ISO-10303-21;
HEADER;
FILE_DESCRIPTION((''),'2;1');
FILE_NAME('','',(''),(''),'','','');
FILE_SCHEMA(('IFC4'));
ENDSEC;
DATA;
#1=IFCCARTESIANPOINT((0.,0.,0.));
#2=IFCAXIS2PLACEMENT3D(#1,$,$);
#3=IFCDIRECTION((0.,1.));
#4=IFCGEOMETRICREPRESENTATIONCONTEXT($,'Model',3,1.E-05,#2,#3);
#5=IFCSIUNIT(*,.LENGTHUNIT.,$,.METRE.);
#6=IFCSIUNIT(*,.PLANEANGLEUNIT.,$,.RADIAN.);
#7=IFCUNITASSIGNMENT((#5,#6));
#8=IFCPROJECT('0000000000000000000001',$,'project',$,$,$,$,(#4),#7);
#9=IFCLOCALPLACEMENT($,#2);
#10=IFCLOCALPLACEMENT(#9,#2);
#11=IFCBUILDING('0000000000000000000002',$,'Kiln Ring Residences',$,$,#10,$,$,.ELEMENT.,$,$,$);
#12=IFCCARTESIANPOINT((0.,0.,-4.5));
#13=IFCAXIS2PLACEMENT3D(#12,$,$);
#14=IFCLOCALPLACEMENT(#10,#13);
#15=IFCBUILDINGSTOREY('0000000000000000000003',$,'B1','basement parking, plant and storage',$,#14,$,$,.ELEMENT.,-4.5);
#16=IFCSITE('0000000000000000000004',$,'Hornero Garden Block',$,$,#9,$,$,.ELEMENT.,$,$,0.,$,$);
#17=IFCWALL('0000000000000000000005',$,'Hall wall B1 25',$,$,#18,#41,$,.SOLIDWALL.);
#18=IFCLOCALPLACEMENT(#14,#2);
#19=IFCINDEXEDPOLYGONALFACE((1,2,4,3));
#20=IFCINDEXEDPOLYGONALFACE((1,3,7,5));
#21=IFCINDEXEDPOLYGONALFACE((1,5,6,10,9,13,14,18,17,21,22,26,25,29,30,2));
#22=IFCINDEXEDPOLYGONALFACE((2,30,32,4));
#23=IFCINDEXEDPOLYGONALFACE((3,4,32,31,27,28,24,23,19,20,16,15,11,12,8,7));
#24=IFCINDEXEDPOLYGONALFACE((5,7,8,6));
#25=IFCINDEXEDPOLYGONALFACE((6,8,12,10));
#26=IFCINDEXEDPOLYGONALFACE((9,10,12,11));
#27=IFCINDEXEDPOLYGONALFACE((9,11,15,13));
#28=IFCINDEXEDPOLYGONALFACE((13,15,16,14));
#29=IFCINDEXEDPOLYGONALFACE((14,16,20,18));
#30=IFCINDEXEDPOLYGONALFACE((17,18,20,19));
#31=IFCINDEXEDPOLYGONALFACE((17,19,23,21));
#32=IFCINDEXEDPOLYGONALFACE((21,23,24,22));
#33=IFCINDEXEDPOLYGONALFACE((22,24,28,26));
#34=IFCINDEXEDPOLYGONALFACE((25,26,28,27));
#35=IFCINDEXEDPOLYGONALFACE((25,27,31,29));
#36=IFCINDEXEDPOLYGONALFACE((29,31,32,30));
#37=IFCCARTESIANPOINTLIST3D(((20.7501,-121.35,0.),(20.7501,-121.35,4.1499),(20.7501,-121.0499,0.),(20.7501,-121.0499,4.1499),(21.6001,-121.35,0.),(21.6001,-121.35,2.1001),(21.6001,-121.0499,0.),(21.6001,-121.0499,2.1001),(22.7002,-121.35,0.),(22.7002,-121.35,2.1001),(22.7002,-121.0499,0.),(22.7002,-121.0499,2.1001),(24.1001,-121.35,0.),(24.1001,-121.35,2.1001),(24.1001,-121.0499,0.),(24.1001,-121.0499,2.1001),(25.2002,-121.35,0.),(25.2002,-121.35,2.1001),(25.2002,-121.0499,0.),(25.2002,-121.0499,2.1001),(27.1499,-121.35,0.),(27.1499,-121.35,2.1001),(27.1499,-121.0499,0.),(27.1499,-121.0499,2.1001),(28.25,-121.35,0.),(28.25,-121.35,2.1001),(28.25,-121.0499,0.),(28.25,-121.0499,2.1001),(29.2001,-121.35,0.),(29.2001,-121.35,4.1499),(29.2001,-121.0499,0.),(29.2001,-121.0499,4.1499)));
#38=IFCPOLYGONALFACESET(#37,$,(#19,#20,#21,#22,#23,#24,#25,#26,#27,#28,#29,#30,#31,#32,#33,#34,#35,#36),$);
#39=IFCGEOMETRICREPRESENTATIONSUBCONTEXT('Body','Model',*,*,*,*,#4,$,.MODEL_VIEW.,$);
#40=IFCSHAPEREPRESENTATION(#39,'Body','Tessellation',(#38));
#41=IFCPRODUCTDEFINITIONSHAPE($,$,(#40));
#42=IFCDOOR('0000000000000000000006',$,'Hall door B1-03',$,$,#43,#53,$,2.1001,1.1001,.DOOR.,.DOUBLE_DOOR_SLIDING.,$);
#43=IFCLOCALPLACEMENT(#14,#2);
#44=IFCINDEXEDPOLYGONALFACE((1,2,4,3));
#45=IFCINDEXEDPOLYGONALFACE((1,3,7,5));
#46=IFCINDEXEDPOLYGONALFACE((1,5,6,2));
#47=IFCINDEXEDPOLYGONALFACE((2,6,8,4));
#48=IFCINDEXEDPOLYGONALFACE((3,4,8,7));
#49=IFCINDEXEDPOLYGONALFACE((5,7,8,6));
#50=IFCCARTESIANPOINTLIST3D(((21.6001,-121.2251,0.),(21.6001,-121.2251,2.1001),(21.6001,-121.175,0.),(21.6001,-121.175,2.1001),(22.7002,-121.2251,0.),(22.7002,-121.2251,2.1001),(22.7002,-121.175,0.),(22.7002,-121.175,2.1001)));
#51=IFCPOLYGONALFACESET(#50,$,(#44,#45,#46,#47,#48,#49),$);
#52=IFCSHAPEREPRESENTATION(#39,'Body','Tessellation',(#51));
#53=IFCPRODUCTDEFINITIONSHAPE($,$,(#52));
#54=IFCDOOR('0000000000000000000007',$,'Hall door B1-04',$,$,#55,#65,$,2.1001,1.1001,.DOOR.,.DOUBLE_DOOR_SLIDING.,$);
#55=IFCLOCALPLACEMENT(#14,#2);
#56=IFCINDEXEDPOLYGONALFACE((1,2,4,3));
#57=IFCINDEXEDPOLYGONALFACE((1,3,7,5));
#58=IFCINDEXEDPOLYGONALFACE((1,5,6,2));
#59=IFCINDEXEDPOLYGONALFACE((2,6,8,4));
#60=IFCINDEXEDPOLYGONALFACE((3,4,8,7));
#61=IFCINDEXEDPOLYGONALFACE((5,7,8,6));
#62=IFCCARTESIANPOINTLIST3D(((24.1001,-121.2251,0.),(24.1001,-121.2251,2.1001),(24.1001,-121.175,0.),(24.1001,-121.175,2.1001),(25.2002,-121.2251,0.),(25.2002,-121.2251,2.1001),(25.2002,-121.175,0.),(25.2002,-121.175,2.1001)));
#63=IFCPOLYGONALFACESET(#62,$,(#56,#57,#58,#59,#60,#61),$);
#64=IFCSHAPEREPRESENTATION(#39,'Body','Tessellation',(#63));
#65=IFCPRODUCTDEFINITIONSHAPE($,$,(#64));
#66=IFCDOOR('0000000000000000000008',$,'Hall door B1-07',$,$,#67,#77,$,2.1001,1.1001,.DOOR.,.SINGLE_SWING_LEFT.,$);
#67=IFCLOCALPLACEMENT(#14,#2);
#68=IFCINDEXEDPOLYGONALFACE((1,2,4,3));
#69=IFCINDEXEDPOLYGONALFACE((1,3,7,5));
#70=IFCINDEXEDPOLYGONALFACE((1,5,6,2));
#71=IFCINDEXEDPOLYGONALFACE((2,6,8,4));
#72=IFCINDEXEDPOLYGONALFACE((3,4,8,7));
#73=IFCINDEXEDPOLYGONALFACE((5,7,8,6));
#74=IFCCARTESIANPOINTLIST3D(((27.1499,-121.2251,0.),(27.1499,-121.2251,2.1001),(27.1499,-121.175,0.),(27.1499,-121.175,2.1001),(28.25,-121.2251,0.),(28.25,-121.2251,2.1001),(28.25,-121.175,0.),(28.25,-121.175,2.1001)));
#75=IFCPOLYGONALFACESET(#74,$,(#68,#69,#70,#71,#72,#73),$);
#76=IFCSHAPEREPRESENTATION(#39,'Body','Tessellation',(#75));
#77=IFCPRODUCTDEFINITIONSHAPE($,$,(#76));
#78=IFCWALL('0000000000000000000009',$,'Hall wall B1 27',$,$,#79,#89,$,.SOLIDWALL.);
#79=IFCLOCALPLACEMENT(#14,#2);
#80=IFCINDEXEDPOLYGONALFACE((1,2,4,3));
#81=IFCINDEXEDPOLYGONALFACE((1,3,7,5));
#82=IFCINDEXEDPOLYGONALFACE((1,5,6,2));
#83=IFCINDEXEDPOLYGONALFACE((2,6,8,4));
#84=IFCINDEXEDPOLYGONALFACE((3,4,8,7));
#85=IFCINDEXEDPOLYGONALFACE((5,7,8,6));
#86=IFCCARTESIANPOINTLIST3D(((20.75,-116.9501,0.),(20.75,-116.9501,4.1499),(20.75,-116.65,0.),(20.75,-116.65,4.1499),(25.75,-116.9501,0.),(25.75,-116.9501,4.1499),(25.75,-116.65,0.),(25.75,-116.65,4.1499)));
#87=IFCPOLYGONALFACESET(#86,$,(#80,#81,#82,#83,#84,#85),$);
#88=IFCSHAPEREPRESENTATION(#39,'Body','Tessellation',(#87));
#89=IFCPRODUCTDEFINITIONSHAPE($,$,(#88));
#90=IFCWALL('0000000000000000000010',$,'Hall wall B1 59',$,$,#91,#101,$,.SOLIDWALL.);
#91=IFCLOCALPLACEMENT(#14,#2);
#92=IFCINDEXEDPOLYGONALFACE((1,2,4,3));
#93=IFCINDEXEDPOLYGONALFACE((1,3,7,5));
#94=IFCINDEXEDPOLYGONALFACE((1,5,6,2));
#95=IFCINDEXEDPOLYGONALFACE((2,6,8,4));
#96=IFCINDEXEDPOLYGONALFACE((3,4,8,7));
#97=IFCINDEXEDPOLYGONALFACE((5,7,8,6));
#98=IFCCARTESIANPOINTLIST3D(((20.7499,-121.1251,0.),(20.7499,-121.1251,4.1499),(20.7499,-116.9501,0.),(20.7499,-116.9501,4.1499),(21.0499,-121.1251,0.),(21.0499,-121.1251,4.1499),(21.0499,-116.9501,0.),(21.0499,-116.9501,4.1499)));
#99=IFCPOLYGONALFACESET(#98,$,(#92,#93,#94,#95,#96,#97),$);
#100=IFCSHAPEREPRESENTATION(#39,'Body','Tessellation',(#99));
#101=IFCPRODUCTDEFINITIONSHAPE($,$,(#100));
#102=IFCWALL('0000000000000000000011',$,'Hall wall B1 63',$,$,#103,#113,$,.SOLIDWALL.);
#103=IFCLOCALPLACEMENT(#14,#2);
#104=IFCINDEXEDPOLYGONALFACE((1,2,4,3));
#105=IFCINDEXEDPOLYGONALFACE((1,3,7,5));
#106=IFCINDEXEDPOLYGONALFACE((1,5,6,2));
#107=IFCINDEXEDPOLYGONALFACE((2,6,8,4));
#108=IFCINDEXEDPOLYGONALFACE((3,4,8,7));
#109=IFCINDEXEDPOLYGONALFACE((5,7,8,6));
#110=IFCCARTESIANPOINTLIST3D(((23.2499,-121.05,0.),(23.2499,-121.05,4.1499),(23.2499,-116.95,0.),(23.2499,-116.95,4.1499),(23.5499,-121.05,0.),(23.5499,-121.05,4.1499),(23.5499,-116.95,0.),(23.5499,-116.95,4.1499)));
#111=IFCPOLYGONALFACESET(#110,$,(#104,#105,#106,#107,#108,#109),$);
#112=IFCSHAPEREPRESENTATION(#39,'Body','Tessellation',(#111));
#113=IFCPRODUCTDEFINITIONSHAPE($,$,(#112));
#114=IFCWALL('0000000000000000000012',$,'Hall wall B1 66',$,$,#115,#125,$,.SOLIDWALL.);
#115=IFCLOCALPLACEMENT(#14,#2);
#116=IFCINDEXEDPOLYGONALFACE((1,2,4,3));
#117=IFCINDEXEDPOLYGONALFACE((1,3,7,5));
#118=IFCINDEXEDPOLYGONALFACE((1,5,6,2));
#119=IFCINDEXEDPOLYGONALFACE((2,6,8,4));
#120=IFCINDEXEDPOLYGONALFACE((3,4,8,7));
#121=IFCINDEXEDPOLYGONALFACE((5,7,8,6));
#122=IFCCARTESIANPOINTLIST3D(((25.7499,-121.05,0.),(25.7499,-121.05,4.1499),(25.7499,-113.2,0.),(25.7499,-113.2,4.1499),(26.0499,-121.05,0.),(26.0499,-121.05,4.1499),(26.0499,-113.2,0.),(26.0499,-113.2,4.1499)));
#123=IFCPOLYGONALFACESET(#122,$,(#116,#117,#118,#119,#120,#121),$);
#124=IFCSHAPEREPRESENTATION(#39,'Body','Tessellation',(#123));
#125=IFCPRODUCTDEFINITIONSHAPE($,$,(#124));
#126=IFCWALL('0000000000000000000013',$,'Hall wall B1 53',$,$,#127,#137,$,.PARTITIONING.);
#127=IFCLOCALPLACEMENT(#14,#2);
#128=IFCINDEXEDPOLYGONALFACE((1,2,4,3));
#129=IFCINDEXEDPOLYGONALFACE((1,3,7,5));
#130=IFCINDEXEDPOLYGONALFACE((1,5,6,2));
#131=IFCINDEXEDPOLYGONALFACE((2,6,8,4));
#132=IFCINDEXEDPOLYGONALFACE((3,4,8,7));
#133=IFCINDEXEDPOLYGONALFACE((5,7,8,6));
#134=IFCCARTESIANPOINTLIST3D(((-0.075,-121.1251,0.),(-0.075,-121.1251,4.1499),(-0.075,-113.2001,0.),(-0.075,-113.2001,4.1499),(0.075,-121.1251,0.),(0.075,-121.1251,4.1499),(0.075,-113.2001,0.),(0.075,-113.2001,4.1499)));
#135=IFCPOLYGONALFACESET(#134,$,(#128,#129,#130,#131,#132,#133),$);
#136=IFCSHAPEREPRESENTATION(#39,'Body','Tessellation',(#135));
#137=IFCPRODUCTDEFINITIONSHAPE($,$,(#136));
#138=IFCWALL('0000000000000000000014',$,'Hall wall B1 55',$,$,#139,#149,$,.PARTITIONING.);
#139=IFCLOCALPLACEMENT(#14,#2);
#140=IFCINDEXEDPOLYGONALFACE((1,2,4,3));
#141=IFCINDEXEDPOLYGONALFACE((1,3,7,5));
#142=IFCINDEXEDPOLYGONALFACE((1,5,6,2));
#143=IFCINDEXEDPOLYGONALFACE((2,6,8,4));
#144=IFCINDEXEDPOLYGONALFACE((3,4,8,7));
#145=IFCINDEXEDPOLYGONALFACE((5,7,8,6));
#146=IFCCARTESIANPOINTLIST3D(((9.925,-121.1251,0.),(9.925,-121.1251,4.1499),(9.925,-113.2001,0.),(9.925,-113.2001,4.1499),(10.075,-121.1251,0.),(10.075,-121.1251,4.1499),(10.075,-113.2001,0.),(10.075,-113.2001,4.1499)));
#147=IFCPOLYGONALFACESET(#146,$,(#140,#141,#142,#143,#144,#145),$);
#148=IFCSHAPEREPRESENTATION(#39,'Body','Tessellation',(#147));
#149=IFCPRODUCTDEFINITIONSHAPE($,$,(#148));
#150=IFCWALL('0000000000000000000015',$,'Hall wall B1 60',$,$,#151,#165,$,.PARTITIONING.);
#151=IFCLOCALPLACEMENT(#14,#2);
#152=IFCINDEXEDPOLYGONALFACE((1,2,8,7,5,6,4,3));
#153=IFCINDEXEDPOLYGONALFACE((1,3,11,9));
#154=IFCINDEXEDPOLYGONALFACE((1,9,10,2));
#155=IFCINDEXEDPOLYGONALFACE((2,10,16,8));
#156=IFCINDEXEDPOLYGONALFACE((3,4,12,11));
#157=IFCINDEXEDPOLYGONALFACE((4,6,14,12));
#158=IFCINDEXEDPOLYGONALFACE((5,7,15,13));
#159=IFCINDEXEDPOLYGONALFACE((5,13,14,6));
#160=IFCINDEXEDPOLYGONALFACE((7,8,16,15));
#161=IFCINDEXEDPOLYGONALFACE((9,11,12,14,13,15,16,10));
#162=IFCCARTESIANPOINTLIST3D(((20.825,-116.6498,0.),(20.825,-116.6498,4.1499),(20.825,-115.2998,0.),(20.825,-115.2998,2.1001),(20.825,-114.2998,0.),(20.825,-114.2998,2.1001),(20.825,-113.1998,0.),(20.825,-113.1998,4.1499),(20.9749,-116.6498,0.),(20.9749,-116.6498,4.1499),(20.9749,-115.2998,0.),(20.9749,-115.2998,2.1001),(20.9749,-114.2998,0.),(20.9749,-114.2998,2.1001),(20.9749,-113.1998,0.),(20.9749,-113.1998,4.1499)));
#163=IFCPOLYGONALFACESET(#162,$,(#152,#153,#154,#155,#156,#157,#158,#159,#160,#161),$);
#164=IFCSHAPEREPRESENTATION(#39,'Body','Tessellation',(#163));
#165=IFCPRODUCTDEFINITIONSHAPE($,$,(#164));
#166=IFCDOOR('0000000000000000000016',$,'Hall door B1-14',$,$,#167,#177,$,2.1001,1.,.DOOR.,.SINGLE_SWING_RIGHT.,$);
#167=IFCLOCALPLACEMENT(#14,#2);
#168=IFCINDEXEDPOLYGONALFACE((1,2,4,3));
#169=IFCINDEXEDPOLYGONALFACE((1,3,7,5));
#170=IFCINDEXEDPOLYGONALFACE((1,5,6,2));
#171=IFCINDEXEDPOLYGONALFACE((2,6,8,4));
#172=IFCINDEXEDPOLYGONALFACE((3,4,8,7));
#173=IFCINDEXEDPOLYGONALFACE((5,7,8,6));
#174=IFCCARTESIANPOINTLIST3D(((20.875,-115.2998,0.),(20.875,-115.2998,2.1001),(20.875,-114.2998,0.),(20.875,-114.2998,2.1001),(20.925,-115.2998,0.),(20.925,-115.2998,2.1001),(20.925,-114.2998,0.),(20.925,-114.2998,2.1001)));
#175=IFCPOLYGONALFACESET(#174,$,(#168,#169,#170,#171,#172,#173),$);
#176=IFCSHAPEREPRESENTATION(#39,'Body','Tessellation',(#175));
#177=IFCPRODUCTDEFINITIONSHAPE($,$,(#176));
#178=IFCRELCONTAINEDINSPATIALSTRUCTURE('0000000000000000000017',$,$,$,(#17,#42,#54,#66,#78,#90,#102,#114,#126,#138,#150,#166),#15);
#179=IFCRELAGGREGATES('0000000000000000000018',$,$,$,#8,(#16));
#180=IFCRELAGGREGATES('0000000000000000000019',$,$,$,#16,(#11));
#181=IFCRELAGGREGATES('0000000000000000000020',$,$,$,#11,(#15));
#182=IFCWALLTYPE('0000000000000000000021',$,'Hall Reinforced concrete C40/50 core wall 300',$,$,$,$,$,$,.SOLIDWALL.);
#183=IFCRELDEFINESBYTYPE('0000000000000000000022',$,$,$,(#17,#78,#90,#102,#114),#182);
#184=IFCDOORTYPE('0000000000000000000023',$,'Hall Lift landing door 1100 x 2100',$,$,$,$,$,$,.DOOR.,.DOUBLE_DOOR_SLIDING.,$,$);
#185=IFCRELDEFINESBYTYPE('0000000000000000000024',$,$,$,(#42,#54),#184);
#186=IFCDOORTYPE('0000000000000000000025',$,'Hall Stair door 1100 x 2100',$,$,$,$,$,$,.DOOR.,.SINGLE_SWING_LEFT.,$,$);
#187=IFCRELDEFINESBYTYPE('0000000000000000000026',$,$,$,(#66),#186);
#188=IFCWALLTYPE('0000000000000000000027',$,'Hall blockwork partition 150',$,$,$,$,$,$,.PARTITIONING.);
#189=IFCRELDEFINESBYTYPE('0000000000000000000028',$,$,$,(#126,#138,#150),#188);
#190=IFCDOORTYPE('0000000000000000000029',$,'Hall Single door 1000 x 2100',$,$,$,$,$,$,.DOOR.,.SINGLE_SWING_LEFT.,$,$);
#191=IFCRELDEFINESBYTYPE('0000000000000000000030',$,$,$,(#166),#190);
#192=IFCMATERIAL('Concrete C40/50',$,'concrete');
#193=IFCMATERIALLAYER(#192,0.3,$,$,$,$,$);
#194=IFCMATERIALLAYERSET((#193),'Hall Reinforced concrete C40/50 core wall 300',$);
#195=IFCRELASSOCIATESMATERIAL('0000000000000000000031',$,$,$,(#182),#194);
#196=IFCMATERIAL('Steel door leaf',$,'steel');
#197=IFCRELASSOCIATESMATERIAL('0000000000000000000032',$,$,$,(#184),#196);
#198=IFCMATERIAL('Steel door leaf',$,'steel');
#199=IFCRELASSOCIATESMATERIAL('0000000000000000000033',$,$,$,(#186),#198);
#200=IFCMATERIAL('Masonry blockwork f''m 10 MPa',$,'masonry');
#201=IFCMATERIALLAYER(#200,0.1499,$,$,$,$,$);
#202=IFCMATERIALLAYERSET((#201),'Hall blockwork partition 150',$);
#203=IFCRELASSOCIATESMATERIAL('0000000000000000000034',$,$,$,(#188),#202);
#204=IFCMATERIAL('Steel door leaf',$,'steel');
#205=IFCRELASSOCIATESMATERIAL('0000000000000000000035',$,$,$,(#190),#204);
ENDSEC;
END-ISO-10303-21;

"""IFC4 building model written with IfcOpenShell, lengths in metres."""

from ifc_helpers import new_model, si_unit, direction, frame, frame_2d, origin, place, context, subcontext, project, spatial, rectangle, extrude, material, layer, layer_set, type_object, element, fill, save


model = new_model("IFC4")

# Units and contexts
model_context = context("Model", 3, precision=1e-05, world=origin(), true_north=direction((0.0, 1.0)))
body_context = subcontext(model_context, "Body", "Model", "MODEL_VIEW")
ifc_project = project(units=[si_unit("LENGTHUNIT", "METRE"), si_unit("PLANEANGLEUNIT", "RADIAN")], contexts=[model_context])

# Site, building, storey
site_placement = place(None, origin())
site = spatial("IfcSite", under=ifc_project, at=site_placement, Name="Hornero Garden Block", CompositionType="ELEMENT", RefElevation=0.0)
building_placement = place(site_placement, origin())
building = spatial("IfcBuilding", under=site, at=building_placement, Name="Kiln Ring Residences", CompositionType="ELEMENT")
storey_placement = place(building_placement, frame((0.0, 0.0, -4.5)))
storey = spatial("IfcBuildingStorey", under=building, at=storey_placement, Name="B1", Description="basement parking, plant and storage", CompositionType="ELEMENT", Elevation=-4.5)

# Wall, openings, doors
ifc_material_1 = material(Name="Concrete C40/50", Category="concrete")
ifc_layer_1 = layer(ifc_material_1, 0.3)
ifc_layer_set_1 = layer_set([ifc_layer_1], Name="Hall Reinforced concrete C40/50 core wall 300")
wall_type_1 = type_object("IfcWallType", Name="Hall Reinforced concrete C40/50 core wall 300", PredefinedType="SOLIDWALL", material=ifc_layer_set_1)
wall_1_placement = place(storey_placement, frame((20.75, -121.2, 0.0), z_axis=(0.0, 0.0, 1.0), x_axis=(1.0, 0.0, 0.0)))
wall_1 = element("IfcWall", 1, at=wall_1_placement, inside=storey, type_object=wall_type_1, Name="Hall wall B1 25", PredefinedType="SOLIDWALL", context=body_context, shape_type="SweptSolid", body=[
    extrude(rectangle(XDim=8.45, YDim=0.3, at=frame_2d((4.2251, 0.0))), origin(), (0.0, 0.0, 1.0), 4.1499),
])
opening_1_placement = place(wall_1_placement, frame((0.8501, 0.0, 0.0)))
opening_1 = element("IfcOpeningElement", 2, at=opening_1_placement, cuts=wall_1, PredefinedType="OPENING", context=body_context, shape_type="SweptSolid", body=[
    extrude(rectangle(XDim=1.1001, YDim=2.1001, at=frame_2d((0.55, 1.05))), frame((0.0, 0.1599, 0.0), z_axis=(0.0, -1.0, 0.0), x_axis=(1.0, 0.0, 0.0)), (0.0, 0.0, 1.0), 0.3201),
])
opening_2_placement = place(wall_1_placement, frame((3.3501, 0.0, 0.0)))
opening_2 = element("IfcOpeningElement", 3, at=opening_2_placement, cuts=wall_1, PredefinedType="OPENING", context=body_context, shape_type="SweptSolid", body=[
    extrude(rectangle(XDim=1.1001, YDim=2.1001, at=frame_2d((0.55, 1.05))), frame((0.0, 0.1599, 0.0), z_axis=(0.0, -1.0, 0.0), x_axis=(1.0, 0.0, 0.0)), (0.0, 0.0, 1.0), 0.3201),
])
opening_3_placement = place(wall_1_placement, frame((6.3999, 0.0, 0.0)))
opening_3 = element("IfcOpeningElement", 4, at=opening_3_placement, cuts=wall_1, PredefinedType="OPENING", context=body_context, shape_type="SweptSolid", body=[
    extrude(rectangle(XDim=1.1001, YDim=2.1001, at=frame_2d((0.55, 1.05))), frame((0.0, 0.1599, 0.0), z_axis=(0.0, -1.0, 0.0), x_axis=(1.0, 0.0, 0.0)), (0.0, 0.0, 1.0), 0.3201),
])
ifc_material_2 = material(Name="Steel door leaf", Category="steel")
door_type_1 = type_object("IfcDoorType", Name="Hall Lift landing door 1100 x 2100", OperationType="DOUBLE_DOOR_SLIDING", PredefinedType="DOOR", material=ifc_material_2)
door_1_placement = place(opening_1_placement, origin())
door_1 = element("IfcDoor", 5, at=door_1_placement, inside=storey, type_object=door_type_1, Name="Hall door B1-03", OperationType="DOUBLE_DOOR_SLIDING", OverallHeight=2.1001, OverallWidth=1.1001, PredefinedType="DOOR", context=body_context, shape_type="SweptSolid", body=[
    extrude(rectangle(XDim=1.1001, YDim=2.1001, at=frame_2d((0.55, 1.05))), frame((0.0, 0.0249, 0.0), z_axis=(0.0, -1.0, 0.0), x_axis=(1.0, 0.0, 0.0)), (0.0, 0.0, 1.0), 0.05),
])
fill(opening_1, door_1)
door_2_placement = place(opening_2_placement, origin())
door_2 = element("IfcDoor", 6, at=door_2_placement, inside=storey, type_object=door_type_1, Name="Hall door B1-04", OperationType="DOUBLE_DOOR_SLIDING", OverallHeight=2.1001, OverallWidth=1.1001, PredefinedType="DOOR", context=body_context, shape_type="SweptSolid", body=[
    extrude(rectangle(XDim=1.1001, YDim=2.1001, at=frame_2d((0.55, 1.05))), frame((0.0, 0.0249, 0.0), z_axis=(0.0, -1.0, 0.0), x_axis=(1.0, 0.0, 0.0)), (0.0, 0.0, 1.0), 0.05),
])
fill(opening_2, door_2)
ifc_material_3 = material(Name="Steel door leaf", Category="steel")
door_type_2 = type_object("IfcDoorType", Name="Hall Stair door 1100 x 2100", OperationType="SINGLE_SWING_LEFT", PredefinedType="DOOR", material=ifc_material_3)
door_3_placement = place(opening_3_placement, origin())
door_3 = element("IfcDoor", 7, at=door_3_placement, inside=storey, type_object=door_type_2, Name="Hall door B1-07", OperationType="SINGLE_SWING_LEFT", OverallHeight=2.1001, OverallWidth=1.1001, PredefinedType="DOOR", context=body_context, shape_type="SweptSolid", body=[
    extrude(rectangle(XDim=1.1001, YDim=2.1001, at=frame_2d((0.55, 1.05))), frame((0.0, 0.0249, 0.0), z_axis=(0.0, -1.0, 0.0), x_axis=(1.0, 0.0, 0.0)), (0.0, 0.0, 1.0), 0.05),
])
fill(opening_3, door_3)

# Walls
wall_2_placement = place(storey_placement, frame((20.75, -116.8, 0.0), z_axis=(0.0, 0.0, 1.0), x_axis=(1.0, 0.0, 0.0)))
element("IfcWall", 8, at=wall_2_placement, inside=storey, type_object=wall_type_1, Name="Hall wall B1 27", PredefinedType="SOLIDWALL", context=body_context, shape_type="SweptSolid", body=[
    extrude(rectangle(XDim=5.0, YDim=0.3, at=frame_2d((2.5, 0.0))), origin(), (0.0, 0.0, 1.0), 4.1499),
])
wall_3_placement = place(storey_placement, frame((20.8999, -121.125, 0.0), z_axis=(0.0, 0.0, 1.0), x_axis=(0.0, 1.0, 0.0)))
element("IfcWall", 9, at=wall_3_placement, inside=storey, type_object=wall_type_1, Name="Hall wall B1 59", PredefinedType="SOLIDWALL", context=body_context, shape_type="SweptSolid", body=[
    extrude(rectangle(XDim=4.175, YDim=0.3, at=frame_2d((2.0874, 0.0))), origin(), (0.0, 0.0, 1.0), 4.1499),
])
wall_4_placement = place(storey_placement, frame((23.3999, -121.05, 0.0), z_axis=(0.0, 0.0, 1.0), x_axis=(0.0, 1.0, 0.0)))
element("IfcWall", 10, at=wall_4_placement, inside=storey, type_object=wall_type_1, Name="Hall wall B1 63", PredefinedType="SOLIDWALL", context=body_context, shape_type="SweptSolid", body=[
    extrude(rectangle(XDim=4.1001, YDim=0.3, at=frame_2d((2.05, 0.0))), origin(), (0.0, 0.0, 1.0), 4.1499),
])
wall_5_placement = place(storey_placement, frame((25.8999, -121.05, 0.0), z_axis=(0.0, 0.0, 1.0), x_axis=(0.0, 1.0, 0.0)))
element("IfcWall", 11, at=wall_5_placement, inside=storey, type_object=wall_type_1, Name="Hall wall B1 66", PredefinedType="SOLIDWALL", context=body_context, shape_type="SweptSolid", body=[
    extrude(rectangle(XDim=7.8501, YDim=0.3, at=frame_2d((3.925, 0.0))), origin(), (0.0, 0.0, 1.0), 4.1499),
])
ifc_material_4 = material(Name="Masonry blockwork f'm 10 MPa", Category="masonry")
ifc_layer_2 = layer(ifc_material_4, 0.1499)
ifc_layer_set_2 = layer_set([ifc_layer_2], Name="Hall blockwork partition 150")
wall_type_2 = type_object("IfcWallType", Name="Hall blockwork partition 150", PredefinedType="PARTITIONING", material=ifc_layer_set_2)
for number, where, z_axis, x_axis, name in (
    (12, (0.0, -121.125, 0.0), (0.0, 0.0, 1.0), (0.0, 1.0, 0.0), "Hall wall B1 53"),
    (13, (10.0, -121.125, 0.0), (0.0, 0.0, 1.0), (0.0, 1.0, 0.0), "Hall wall B1 55"),
):
    element("IfcWall", number, at=place(storey_placement, frame(where, z_axis=z_axis, x_axis=x_axis)), inside=storey, type_object=wall_type_2, Name=name, PredefinedType="PARTITIONING", context=body_context, shape_type="SweptSolid", body=[
        extrude(rectangle(XDim=7.925, YDim=0.1499, at=frame_2d((3.9624, 0.0))), origin(), (0.0, 0.0, 1.0), 4.1499),
    ])

# Wall, opening, door
wall_6_placement = place(storey_placement, frame((20.8999, -116.6499, 0.0), z_axis=(0.0, 0.0, 1.0), x_axis=(0.0, 1.0, 0.0)))
wall_6 = element("IfcWall", 14, at=wall_6_placement, inside=storey, type_object=wall_type_2, Name="Hall wall B1 60", PredefinedType="PARTITIONING", context=body_context, shape_type="SweptSolid", body=[
    extrude(rectangle(XDim=3.45, YDim=0.1499, at=frame_2d((1.7251, 0.0))), origin(), (0.0, 0.0, 1.0), 4.1499),
])
opening_4_placement = place(wall_6_placement, frame((1.3501, 0.0, 0.0)))
opening_4 = element("IfcOpeningElement", 15, at=opening_4_placement, cuts=wall_6, PredefinedType="OPENING", context=body_context, shape_type="SweptSolid", body=[
    extrude(rectangle(XDim=1.0, YDim=2.1001, at=frame_2d((0.5, 1.05))), frame((0.0, 0.085, 0.0), z_axis=(0.0, -1.0, 0.0), x_axis=(1.0, 0.0, 0.0)), (0.0, 0.0, 1.0), 0.1699),
])
ifc_material_5 = material(Name="Steel door leaf", Category="steel")
door_type_3 = type_object("IfcDoorType", Name="Hall Single door 1000 x 2100", OperationType="SINGLE_SWING_LEFT", PredefinedType="DOOR", material=ifc_material_5)
door_4_placement = place(opening_4_placement, origin())
door_4 = element("IfcDoor", 16, at=door_4_placement, inside=storey, type_object=door_type_3, Name="Hall door B1-14", OperationType="SINGLE_SWING_RIGHT", OverallHeight=2.1001, OverallWidth=1.0, PredefinedType="DOOR", context=body_context, shape_type="SweptSolid", body=[
    extrude(rectangle(XDim=1.0, YDim=2.1001, at=frame_2d((0.5, 1.05))), frame((0.0, 0.0249, 0.0), z_axis=(0.0, -1.0, 0.0), x_axis=(1.0, 0.0, 0.0)), (0.0, 0.0, 1.0), 0.05),
])
fill(opening_4, door_4)

save(model, "model.ifc")
